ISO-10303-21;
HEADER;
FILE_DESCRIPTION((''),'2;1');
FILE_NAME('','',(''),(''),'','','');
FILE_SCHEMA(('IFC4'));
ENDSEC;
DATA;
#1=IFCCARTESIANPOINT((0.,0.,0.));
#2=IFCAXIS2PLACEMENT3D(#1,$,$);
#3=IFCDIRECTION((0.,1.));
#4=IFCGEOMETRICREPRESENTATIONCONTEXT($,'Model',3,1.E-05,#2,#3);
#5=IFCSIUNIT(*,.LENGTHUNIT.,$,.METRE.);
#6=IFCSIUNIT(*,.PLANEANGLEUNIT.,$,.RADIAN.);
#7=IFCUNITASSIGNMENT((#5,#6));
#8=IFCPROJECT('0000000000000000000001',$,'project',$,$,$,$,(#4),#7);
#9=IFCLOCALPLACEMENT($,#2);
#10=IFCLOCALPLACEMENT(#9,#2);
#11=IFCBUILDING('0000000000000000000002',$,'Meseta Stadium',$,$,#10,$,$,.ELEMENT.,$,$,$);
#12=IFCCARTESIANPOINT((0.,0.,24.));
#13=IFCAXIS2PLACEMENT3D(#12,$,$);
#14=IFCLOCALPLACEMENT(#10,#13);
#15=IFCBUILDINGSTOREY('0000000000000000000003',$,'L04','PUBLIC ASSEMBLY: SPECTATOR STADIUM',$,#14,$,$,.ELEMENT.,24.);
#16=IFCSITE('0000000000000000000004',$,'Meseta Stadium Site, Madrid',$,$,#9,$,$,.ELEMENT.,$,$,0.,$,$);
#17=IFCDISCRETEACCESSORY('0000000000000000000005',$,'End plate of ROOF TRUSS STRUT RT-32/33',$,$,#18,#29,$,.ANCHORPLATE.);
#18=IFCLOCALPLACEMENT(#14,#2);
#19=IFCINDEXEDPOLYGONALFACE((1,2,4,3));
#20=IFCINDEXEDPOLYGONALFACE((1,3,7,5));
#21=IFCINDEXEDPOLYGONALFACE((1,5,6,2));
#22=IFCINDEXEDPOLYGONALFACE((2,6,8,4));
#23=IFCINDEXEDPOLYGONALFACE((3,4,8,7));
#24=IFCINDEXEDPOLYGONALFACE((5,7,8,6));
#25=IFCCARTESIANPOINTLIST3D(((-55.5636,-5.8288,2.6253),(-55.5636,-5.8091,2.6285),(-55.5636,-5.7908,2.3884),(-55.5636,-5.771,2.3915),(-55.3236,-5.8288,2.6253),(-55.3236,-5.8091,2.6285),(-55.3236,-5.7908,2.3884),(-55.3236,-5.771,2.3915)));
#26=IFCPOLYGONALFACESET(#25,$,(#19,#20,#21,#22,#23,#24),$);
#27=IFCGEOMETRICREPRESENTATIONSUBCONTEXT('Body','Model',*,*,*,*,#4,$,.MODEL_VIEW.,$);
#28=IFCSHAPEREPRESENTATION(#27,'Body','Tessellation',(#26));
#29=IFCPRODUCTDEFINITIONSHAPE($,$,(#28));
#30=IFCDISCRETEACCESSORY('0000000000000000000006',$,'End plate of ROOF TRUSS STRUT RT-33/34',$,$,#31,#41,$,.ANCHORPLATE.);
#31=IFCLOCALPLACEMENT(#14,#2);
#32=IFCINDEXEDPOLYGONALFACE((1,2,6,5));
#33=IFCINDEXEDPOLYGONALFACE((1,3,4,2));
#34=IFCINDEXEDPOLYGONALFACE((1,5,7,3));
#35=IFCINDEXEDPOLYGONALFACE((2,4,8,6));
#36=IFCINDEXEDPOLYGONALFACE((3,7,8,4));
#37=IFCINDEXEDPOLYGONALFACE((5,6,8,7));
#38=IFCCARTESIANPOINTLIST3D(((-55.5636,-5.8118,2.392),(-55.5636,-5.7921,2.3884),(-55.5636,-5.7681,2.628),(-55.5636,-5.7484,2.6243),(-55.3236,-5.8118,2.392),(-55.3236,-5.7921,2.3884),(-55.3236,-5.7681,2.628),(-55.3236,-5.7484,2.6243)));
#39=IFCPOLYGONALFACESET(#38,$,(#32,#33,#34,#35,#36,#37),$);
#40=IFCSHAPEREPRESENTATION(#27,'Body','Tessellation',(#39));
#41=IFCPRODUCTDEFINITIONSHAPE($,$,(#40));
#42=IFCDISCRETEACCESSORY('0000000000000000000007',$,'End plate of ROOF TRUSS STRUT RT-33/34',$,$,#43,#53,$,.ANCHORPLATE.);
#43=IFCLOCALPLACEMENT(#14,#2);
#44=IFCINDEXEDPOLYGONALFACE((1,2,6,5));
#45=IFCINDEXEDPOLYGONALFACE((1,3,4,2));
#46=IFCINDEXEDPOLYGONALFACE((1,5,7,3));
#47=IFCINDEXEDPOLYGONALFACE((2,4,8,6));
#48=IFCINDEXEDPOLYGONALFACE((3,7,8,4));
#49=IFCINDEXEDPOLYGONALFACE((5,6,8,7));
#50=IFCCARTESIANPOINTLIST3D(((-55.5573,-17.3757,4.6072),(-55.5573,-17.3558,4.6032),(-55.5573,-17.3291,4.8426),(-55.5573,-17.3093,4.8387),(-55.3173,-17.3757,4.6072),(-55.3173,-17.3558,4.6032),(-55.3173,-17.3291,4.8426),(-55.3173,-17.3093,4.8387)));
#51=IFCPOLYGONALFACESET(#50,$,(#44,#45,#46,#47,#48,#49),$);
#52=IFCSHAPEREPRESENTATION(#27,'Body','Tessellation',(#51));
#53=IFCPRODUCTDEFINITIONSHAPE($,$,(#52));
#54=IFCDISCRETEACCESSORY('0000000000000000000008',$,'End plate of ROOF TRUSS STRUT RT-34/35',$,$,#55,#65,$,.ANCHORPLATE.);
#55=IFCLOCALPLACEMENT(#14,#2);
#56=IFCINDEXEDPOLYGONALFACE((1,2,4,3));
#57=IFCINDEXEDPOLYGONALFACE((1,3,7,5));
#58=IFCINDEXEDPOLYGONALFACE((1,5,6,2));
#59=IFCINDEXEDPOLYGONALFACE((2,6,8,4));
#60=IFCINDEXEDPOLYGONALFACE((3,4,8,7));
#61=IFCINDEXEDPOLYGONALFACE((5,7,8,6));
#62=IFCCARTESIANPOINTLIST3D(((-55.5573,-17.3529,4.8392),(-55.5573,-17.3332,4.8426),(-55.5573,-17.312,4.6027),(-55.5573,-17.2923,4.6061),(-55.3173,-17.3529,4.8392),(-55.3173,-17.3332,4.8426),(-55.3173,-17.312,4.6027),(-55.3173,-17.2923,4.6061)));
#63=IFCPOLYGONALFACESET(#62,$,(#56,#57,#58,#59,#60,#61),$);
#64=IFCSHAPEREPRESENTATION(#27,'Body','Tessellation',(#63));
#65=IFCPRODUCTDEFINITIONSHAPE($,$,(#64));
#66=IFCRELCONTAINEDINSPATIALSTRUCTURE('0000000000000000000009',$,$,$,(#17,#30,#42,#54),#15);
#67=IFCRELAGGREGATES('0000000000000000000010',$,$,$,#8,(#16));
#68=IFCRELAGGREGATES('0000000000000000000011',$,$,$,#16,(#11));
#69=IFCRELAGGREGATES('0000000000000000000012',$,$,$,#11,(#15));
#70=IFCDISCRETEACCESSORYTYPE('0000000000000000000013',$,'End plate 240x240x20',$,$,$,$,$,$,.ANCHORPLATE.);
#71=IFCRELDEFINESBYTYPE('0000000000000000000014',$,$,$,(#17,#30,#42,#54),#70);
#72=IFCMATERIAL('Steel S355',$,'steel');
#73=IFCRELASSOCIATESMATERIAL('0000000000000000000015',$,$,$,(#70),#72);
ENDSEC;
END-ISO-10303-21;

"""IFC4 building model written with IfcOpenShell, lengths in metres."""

from ifc_helpers import new_model, si_unit, direction, frame, origin, origin_2d, place, context, subcontext, project, spatial, rectangle, extrude, material, material_profile, profile_set, type_object, element, save


model = new_model("IFC4")

# Units and contexts
model_context = context("Model", 3, precision=1e-05, world=origin(), true_north=direction((0.0, 1.0)))
body_context = subcontext(model_context, "Body", "Model", "MODEL_VIEW")
ifc_project = project(units=[si_unit("LENGTHUNIT", "METRE"), si_unit("PLANEANGLEUNIT", "RADIAN")], contexts=[model_context])

# Site, building, storey
site_placement = place(None, origin())
site = spatial("IfcSite", under=ifc_project, at=site_placement, Name="Meseta Stadium Site, Madrid", CompositionType="ELEMENT", RefElevation=0.0)
building_placement = place(site_placement, origin())
building = spatial("IfcBuilding", under=site, at=building_placement, Name="Meseta Stadium", CompositionType="ELEMENT")
storey_placement = place(building_placement, frame((0.0, 0.0, 24.0)))
storey = spatial("IfcBuildingStorey", under=building, at=storey_placement, Name="L04", Description="PUBLIC ASSEMBLY: SPECTATOR STADIUM", CompositionType="ELEMENT", Elevation=24.0)

# Discrete accessories
ifc_material_1 = material(Name="Steel S355", Category="steel")
ifc_material_profile_1 = material_profile(ifc_material_1, rectangle(XDim=0.24, YDim=0.24, at=origin_2d()), Name="PL 240x240")
ifc_profile_set_1 = profile_set([ifc_material_profile_1], Name="Steel S355")
discrete_accessory_type_1 = type_object("IfcDiscreteAccessoryType", Name="End plate 240x240x20", PredefinedType="ANCHORPLATE", material=ifc_profile_set_1)
for number, where, z_axis, x_axis, name in (
    (1, (-55.4436, -5.79, 2.51), (0.0, -0.987364, -0.158466), (1.0, 0.0, 0.0), "End plate of ROOF TRUSS STRUT RT-32/33"),
    (2, (-55.4436, -5.7703, 2.5063), (0.0, -0.983282, 0.182089), (1.0, 0.0, 0.0), "End plate of ROOF TRUSS STRUT RT-33/34"),
):
    element("IfcDiscreteAccessory", number, at=place(storey_placement, frame(where, z_axis=z_axis, x_axis=x_axis)), inside=storey, type_object=discrete_accessory_type_1, Name=name, PredefinedType="ANCHORPLATE", context=body_context, shape_type="SweptSolid", body=[
        extrude(rectangle(XDim=0.24, YDim=0.24, at=origin_2d()), origin(), (0.0, 0.0, 1.0), 0.02),
    ])
discrete_accessory_1_placement = place(storey_placement, frame((-55.4373, -17.3325, 4.7209), z_axis=(0.0, -0.981044, 0.193786), x_axis=(1.0, 0.0, 0.0)))
element("IfcDiscreteAccessory", 3, at=discrete_accessory_1_placement, inside=storey, type_object=discrete_accessory_type_1, Name="End plate of ROOF TRUSS STRUT RT-33/34", PredefinedType="ANCHORPLATE", context=body_context, shape_type="SweptSolid", body=[
    extrude(rectangle(XDim=0.24, YDim=0.24, at=origin_2d()), origin(), (0.0, 0.0, 1.0), 0.0203),
])
discrete_accessory_2_placement = place(storey_placement, frame((-55.4373, -17.3127, 4.7244), z_axis=(0.0, -0.98539, -0.170314), x_axis=(1.0, 0.0, 0.0)))
element("IfcDiscreteAccessory", 4, at=discrete_accessory_2_placement, inside=storey, type_object=discrete_accessory_type_1, Name="End plate of ROOF TRUSS STRUT RT-34/35", PredefinedType="ANCHORPLATE", context=body_context, shape_type="SweptSolid", body=[
    extrude(rectangle(XDim=0.24, YDim=0.24, at=origin_2d()), origin(), (0.0, 0.0, 1.0), 0.02),
])

save(model, "model.ifc")
